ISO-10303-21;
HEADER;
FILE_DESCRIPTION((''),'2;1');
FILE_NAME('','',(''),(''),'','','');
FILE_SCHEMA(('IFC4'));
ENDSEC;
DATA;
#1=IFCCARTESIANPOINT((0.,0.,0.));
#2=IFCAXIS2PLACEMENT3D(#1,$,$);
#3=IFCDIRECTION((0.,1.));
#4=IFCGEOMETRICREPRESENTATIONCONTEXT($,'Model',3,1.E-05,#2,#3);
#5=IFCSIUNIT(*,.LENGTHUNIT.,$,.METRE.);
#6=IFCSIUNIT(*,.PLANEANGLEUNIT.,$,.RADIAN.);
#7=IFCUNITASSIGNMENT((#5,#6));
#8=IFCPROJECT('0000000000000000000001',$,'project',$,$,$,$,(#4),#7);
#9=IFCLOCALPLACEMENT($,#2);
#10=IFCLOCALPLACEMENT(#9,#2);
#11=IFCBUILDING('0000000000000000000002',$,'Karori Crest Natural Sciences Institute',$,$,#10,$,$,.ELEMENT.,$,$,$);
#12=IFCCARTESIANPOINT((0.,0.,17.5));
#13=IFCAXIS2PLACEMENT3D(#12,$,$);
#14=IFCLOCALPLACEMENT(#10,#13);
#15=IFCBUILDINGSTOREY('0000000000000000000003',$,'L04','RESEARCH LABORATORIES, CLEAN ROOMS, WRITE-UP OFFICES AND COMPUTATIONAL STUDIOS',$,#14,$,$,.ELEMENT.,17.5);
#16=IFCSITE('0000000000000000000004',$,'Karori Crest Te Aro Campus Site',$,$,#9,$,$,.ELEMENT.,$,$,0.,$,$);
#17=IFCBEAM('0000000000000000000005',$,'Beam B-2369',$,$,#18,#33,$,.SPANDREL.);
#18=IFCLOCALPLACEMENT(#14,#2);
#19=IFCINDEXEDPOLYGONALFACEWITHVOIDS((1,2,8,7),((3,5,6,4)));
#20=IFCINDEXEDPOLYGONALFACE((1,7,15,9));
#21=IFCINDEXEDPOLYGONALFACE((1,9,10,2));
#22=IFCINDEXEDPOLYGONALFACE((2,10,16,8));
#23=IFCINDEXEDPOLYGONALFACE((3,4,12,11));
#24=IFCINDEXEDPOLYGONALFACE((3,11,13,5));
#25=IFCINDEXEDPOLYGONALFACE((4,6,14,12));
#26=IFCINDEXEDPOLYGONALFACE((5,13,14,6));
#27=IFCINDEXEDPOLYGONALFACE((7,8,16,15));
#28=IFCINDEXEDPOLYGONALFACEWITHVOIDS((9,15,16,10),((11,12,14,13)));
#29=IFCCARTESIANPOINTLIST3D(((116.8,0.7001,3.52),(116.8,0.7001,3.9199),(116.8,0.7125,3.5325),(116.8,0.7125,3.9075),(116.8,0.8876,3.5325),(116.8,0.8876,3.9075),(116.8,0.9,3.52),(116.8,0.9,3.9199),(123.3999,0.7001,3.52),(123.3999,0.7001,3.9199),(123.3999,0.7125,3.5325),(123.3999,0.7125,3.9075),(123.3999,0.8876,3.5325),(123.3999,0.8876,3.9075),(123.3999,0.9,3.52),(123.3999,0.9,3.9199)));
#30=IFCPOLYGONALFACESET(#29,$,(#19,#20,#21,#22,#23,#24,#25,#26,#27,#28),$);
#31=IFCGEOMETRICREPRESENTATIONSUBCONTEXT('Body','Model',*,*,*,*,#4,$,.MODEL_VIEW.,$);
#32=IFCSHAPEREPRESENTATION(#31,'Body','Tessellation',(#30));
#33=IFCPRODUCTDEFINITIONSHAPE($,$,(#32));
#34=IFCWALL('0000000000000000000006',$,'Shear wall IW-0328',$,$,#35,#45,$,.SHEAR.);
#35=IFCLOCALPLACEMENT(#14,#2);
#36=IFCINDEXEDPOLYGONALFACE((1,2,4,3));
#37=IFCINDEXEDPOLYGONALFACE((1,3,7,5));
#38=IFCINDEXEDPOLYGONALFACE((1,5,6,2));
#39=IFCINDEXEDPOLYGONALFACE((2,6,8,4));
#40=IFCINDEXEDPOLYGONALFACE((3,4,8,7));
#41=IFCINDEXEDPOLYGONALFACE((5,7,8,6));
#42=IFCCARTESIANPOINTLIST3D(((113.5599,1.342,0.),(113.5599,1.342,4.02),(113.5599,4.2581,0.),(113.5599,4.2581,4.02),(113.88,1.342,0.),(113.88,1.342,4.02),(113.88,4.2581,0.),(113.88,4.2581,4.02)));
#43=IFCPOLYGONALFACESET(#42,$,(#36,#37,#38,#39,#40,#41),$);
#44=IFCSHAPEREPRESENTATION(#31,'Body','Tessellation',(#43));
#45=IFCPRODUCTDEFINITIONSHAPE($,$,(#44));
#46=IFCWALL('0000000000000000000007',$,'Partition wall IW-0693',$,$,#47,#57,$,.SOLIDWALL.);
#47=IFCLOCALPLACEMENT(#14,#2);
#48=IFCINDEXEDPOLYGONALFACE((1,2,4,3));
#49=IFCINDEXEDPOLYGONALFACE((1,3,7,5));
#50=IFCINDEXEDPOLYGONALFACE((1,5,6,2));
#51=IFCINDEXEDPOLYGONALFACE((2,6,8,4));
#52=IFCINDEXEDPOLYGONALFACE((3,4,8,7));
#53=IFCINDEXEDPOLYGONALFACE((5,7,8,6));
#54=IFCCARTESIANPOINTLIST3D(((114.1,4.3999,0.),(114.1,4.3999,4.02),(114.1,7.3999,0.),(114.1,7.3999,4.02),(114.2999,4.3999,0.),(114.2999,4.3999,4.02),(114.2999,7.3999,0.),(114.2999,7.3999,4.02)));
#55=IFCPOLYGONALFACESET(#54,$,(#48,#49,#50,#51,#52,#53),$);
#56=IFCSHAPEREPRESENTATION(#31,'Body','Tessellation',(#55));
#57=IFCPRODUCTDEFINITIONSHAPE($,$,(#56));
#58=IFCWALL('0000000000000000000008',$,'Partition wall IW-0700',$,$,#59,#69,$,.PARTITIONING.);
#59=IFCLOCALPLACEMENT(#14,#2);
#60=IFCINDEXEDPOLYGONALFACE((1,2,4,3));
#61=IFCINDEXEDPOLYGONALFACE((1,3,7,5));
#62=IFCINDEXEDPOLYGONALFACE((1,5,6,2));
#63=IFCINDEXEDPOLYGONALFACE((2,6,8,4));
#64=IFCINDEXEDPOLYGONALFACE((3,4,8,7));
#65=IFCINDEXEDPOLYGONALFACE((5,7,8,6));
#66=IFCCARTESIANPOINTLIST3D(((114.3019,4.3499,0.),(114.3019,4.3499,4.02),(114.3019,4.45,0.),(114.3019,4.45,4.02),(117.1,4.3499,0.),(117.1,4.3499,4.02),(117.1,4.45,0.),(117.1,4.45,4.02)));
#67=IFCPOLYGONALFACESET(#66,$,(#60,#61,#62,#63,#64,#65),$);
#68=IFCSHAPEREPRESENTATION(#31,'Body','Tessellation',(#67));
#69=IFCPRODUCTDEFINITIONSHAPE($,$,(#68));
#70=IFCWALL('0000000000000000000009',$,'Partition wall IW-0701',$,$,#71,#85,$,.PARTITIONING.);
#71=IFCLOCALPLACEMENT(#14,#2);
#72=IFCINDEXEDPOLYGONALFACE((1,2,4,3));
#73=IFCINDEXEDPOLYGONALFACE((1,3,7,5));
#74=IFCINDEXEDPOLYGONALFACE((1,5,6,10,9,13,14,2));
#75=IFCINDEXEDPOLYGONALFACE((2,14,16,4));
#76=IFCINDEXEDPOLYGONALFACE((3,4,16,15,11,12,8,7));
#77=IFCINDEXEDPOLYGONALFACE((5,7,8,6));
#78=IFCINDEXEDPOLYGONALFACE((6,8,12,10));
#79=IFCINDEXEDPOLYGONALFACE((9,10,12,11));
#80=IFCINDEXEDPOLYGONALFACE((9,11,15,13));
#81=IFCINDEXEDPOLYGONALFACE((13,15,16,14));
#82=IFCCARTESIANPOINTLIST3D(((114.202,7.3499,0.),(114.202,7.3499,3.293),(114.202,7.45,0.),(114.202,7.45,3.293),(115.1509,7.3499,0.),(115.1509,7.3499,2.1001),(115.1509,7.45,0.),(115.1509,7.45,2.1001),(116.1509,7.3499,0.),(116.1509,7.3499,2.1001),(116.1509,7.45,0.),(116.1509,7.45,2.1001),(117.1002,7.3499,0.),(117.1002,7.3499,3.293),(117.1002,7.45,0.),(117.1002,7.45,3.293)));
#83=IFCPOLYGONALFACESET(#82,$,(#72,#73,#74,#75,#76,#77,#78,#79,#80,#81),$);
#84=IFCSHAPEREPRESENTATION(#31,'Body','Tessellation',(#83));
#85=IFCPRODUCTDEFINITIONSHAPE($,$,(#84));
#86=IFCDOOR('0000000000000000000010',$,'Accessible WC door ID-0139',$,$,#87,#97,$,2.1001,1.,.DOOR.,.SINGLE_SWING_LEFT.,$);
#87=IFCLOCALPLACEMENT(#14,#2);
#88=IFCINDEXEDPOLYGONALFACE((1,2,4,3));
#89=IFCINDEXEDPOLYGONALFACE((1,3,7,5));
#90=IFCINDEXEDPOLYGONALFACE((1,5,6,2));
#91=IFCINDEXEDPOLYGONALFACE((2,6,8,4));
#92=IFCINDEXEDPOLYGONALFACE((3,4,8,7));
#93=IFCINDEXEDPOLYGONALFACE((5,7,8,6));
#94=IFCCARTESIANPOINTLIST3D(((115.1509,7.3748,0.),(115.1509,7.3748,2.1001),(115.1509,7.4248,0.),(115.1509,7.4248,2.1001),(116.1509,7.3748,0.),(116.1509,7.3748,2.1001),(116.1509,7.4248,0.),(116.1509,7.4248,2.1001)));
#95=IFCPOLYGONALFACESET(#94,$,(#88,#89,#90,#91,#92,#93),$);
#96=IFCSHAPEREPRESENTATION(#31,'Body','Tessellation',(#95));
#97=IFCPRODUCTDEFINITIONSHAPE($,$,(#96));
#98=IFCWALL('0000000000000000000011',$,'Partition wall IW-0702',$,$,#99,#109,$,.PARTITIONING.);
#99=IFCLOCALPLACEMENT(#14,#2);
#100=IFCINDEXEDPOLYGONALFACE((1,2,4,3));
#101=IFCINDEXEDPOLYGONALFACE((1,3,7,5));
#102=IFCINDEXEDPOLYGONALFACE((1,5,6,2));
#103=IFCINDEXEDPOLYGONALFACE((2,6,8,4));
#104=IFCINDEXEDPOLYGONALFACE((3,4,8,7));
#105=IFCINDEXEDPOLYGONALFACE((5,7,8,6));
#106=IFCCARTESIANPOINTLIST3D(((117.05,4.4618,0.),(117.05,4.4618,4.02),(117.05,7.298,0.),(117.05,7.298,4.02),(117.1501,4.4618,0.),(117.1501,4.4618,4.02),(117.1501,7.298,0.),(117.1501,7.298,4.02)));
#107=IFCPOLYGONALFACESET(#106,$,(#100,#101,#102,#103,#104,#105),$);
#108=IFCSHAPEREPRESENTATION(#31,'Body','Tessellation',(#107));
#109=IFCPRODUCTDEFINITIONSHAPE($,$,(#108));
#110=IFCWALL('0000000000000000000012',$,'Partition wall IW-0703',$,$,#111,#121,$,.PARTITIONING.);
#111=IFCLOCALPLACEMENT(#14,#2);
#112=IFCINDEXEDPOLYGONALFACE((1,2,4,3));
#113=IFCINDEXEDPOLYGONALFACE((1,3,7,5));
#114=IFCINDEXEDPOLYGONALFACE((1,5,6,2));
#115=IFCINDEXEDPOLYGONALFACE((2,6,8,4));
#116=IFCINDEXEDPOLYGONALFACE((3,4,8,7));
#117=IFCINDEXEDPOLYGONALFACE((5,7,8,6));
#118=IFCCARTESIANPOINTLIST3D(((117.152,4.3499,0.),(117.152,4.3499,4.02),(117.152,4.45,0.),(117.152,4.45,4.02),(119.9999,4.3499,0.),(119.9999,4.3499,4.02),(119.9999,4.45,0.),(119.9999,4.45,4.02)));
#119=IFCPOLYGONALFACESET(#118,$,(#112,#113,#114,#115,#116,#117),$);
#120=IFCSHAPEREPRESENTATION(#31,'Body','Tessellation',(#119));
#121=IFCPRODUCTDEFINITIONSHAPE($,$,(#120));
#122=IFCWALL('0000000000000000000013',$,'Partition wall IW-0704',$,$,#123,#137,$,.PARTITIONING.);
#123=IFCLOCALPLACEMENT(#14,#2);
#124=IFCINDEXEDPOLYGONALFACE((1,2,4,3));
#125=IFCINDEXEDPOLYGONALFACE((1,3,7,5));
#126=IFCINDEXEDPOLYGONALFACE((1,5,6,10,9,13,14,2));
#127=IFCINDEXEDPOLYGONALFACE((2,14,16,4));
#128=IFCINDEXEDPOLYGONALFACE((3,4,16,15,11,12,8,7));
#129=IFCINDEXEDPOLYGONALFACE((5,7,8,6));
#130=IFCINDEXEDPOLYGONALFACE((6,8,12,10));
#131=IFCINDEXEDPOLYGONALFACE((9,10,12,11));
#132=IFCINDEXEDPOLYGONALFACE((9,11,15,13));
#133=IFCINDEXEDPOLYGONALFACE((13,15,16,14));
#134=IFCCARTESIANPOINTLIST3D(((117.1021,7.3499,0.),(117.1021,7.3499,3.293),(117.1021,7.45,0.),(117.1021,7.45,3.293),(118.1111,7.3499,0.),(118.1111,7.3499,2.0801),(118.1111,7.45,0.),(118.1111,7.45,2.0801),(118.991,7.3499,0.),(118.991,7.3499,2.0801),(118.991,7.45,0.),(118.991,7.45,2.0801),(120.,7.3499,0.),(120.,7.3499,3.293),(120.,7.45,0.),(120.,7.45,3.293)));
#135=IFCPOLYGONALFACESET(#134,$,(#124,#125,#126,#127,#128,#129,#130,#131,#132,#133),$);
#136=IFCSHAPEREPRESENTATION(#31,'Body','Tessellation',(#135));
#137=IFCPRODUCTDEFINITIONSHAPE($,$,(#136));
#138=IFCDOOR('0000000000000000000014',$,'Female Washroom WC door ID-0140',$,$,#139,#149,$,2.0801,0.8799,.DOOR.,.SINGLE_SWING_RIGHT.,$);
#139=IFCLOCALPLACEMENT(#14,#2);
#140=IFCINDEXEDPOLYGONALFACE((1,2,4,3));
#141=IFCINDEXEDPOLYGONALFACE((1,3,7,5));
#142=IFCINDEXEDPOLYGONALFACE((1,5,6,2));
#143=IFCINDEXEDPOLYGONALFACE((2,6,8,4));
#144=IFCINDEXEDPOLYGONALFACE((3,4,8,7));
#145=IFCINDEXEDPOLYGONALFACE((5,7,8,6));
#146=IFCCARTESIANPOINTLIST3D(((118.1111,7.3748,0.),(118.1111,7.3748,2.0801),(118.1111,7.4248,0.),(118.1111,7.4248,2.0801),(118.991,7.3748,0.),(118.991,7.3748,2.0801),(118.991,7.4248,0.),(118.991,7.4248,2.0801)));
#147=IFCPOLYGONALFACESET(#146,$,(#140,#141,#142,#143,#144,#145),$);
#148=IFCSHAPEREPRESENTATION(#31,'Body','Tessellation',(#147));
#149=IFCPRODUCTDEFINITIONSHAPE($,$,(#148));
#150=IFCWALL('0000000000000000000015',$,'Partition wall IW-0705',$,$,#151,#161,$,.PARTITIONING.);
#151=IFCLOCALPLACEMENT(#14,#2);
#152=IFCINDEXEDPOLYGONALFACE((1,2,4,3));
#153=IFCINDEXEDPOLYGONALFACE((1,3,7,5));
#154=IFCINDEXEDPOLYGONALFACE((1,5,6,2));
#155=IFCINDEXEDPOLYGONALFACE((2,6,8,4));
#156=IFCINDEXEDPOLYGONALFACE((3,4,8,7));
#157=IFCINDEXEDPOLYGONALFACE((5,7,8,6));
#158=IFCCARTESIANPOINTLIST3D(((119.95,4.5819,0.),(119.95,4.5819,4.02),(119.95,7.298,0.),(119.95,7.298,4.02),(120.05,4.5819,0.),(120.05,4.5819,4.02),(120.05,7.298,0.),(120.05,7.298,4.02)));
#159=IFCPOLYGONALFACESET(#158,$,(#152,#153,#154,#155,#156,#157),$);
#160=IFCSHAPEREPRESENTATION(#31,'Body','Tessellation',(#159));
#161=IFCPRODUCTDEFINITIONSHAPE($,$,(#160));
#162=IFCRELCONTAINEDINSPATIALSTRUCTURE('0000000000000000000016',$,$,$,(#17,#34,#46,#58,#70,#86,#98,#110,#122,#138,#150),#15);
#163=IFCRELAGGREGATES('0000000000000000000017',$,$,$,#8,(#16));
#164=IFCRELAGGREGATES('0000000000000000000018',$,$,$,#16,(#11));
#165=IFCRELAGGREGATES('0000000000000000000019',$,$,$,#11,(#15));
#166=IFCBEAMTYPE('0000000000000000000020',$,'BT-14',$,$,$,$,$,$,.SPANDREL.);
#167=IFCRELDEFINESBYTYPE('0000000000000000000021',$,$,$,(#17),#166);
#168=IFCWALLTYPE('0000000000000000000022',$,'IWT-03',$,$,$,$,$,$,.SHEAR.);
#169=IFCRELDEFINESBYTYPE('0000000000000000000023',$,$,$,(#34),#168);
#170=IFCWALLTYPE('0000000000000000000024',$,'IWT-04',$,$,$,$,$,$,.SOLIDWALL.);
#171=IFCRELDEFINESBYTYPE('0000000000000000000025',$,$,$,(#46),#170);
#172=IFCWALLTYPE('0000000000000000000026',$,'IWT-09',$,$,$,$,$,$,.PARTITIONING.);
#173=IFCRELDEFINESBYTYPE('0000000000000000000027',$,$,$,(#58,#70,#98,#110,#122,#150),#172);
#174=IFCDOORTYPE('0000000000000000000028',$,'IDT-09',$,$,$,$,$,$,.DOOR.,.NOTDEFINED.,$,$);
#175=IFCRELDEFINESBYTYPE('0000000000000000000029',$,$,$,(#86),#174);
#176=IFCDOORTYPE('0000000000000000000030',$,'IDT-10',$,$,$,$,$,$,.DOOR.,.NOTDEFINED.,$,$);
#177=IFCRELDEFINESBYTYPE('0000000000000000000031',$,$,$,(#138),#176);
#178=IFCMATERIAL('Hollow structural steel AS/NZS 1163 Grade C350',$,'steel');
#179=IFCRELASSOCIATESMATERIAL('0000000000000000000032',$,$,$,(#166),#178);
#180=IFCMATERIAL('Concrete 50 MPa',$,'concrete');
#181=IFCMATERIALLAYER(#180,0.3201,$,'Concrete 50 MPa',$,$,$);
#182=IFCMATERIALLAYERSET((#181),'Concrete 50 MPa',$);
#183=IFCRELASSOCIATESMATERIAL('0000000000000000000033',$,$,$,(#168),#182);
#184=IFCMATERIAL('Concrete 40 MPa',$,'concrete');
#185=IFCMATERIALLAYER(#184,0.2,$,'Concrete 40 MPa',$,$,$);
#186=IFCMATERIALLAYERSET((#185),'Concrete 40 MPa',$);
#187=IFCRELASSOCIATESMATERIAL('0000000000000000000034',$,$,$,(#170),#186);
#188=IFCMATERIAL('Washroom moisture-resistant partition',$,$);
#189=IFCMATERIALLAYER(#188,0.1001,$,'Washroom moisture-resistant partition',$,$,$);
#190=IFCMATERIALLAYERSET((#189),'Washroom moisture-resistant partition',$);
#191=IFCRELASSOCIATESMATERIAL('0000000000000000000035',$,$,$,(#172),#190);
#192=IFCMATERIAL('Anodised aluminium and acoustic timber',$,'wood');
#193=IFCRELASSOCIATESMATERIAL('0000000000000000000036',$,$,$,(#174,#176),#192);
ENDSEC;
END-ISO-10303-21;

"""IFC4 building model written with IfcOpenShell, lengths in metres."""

from ifc_helpers import new_model, si_unit, direction, frame, frame_2d, origin, origin_2d, place, context, subcontext, project, spatial, rectangle, hollow_rectangle, extrude, material, layer, layer_set, material_profile, profile_set, type_object, element, fill, save


model = new_model("IFC4")

# Units and contexts
model_context = context("Model", 3, precision=1e-05, world=origin(), true_north=direction((0.0, 1.0)))
body_context = subcontext(model_context, "Body", "Model", "MODEL_VIEW")
ifc_project = project(units=[si_unit("LENGTHUNIT", "METRE"), si_unit("PLANEANGLEUNIT", "RADIAN")], contexts=[model_context])

# Site, building, storey
site_placement = place(None, origin())
site = spatial("IfcSite", under=ifc_project, at=site_placement, Name="Karori Crest Te Aro Campus Site", CompositionType="ELEMENT", RefElevation=0.0)
building_placement = place(site_placement, origin())
building = spatial("IfcBuilding", under=site, at=building_placement, Name="Karori Crest Natural Sciences Institute", CompositionType="ELEMENT")
storey_placement = place(building_placement, frame((0.0, 0.0, 17.5)))
storey = spatial("IfcBuildingStorey", under=building, at=storey_placement, Name="L04", Description="RESEARCH LABORATORIES, CLEAN ROOMS, WRITE-UP OFFICES AND COMPUTATIONAL STUDIOS", CompositionType="ELEMENT", Elevation=17.5)

# Beam
ifc_material_1 = material(Name="Hollow structural steel AS/NZS 1163 Grade C350", Category="steel")
ifc_material_profile_1 = material_profile(ifc_material_1, hollow_rectangle(XDim=0.2, YDim=0.3999, WallThickness=0.0125, at=origin_2d()), Name="RHS400x200x12.5")
ifc_profile_set_1 = profile_set([ifc_material_profile_1], Name="Hollow structural steel AS/NZS 1163 Grade C350")
beam_type_1 = type_object("IfcBeamType", Name="BT-14", PredefinedType="SPANDREL", material=ifc_profile_set_1)
beam_1_placement = place(storey_placement, frame((116.8, 0.8, 3.72), z_axis=(1.0, 0.0, 0.0), x_axis=(0.0, 1.0, 0.0)))
element("IfcBeam", 1, at=beam_1_placement, inside=storey, type_object=beam_type_1, Name="Beam B-2369", PredefinedType="SPANDREL", context=body_context, shape_type="SweptSolid", body=[
    extrude(hollow_rectangle(XDim=0.2, YDim=0.3999, WallThickness=0.0125, at=origin_2d()), origin(), (0.0, 0.0, 1.0), 6.5999),
])

# Walls
ifc_material_2 = material(Name="Concrete 50 MPa", Category="concrete")
ifc_layer_1 = layer(ifc_material_2, 0.3201, Name="Concrete 50 MPa")
ifc_layer_set_1 = layer_set([ifc_layer_1], Name="Concrete 50 MPa")
wall_type_1 = type_object("IfcWallType", Name="IWT-03", PredefinedType="SHEAR", material=ifc_layer_set_1)
wall_1_placement = place(storey_placement, frame((113.72, 1.342, 0.0), z_axis=(0.0, 0.0, 1.0), x_axis=(0.0, 1.0, 0.0)))
element("IfcWall", 2, at=wall_1_placement, inside=storey, type_object=wall_type_1, Name="Shear wall IW-0328", PredefinedType="SHEAR", context=body_context, shape_type="SweptSolid", body=[
    extrude(rectangle(XDim=2.916, YDim=0.3201, at=frame_2d((1.458, 0.0))), origin(), (0.0, 0.0, 1.0), 4.02),
])
ifc_material_3 = material(Name="Concrete 40 MPa", Category="concrete")
ifc_layer_2 = layer(ifc_material_3, 0.2, Name="Concrete 40 MPa")
ifc_layer_set_2 = layer_set([ifc_layer_2], Name="Concrete 40 MPa")
wall_type_2 = type_object("IfcWallType", Name="IWT-04", PredefinedType="SOLIDWALL", material=ifc_layer_set_2)
wall_2_placement = place(storey_placement, frame((114.2, 4.3999, 0.0), z_axis=(0.0, 0.0, 1.0), x_axis=(0.0, 1.0, 0.0)))
element("IfcWall", 3, at=wall_2_placement, inside=storey, type_object=wall_type_2, Name="Partition wall IW-0693", PredefinedType="SOLIDWALL", context=body_context, shape_type="SweptSolid", body=[
    extrude(rectangle(XDim=3.0, YDim=0.2, at=frame_2d((1.5, 0.0))), origin(), (0.0, 0.0, 1.0), 4.02),
])
ifc_material_4 = material(Name="Washroom moisture-resistant partition")
ifc_layer_3 = layer(ifc_material_4, 0.1001, Name="Washroom moisture-resistant partition")
ifc_layer_set_3 = layer_set([ifc_layer_3], Name="Washroom moisture-resistant partition")
wall_type_3 = type_object("IfcWallType", Name="IWT-09", PredefinedType="PARTITIONING", material=ifc_layer_set_3)
wall_3_placement = place(storey_placement, frame((114.302, 4.3999, 0.0), z_axis=(0.0, 0.0, 1.0), x_axis=(1.0, 0.0, 0.0)))
element("IfcWall", 4, at=wall_3_placement, inside=storey, type_object=wall_type_3, Name="Partition wall IW-0700", PredefinedType="PARTITIONING", context=body_context, shape_type="SweptSolid", body=[
    extrude(rectangle(XDim=2.7981, YDim=0.1001, at=frame_2d((1.3989, 0.0))), origin(), (0.0, 0.0, 1.0), 4.02),
])

# Wall, opening, door
wall_4_placement = place(storey_placement, frame((114.2019, 7.3999, 0.0), z_axis=(0.0, 0.0, 1.0), x_axis=(1.0, 0.0, 0.0)))
wall_4 = element("IfcWall", 5, at=wall_4_placement, inside=storey, type_object=wall_type_3, Name="Partition wall IW-0701", PredefinedType="PARTITIONING", context=body_context, shape_type="SweptSolid", body=[
    extrude(rectangle(XDim=2.8982, YDim=0.1001, at=frame_2d((1.4492, 0.0))), origin(), (0.0, 0.0, 1.0), 3.293),
])
opening_1_placement = place(wall_4_placement, frame((0.949, 0.0, 0.0)))
opening_1 = element("IfcOpeningElement", 6, at=opening_1_placement, cuts=wall_4, PredefinedType="OPENING", context=body_context, shape_type="SweptSolid", body=[
    extrude(rectangle(XDim=1.0, YDim=2.1001, at=frame_2d((0.5, 1.05))), frame((0.0, 0.0601, 0.0), z_axis=(0.0, -1.0, 0.0), x_axis=(1.0, 0.0, 0.0)), (0.0, 0.0, 1.0), 0.1201),
])
ifc_material_5 = material(Name="Anodised aluminium and acoustic timber", Category="wood")
door_type_1 = type_object("IfcDoorType", Name="IDT-09", OperationType="NOTDEFINED", PredefinedType="DOOR", material=ifc_material_5)
door_1_placement = place(opening_1_placement, origin())
door_1 = element("IfcDoor", 7, at=door_1_placement, inside=storey, type_object=door_type_1, Name="Accessible WC door ID-0139", OperationType="SINGLE_SWING_LEFT", OverallHeight=2.1001, OverallWidth=1.0, PredefinedType="DOOR", context=body_context, shape_type="SweptSolid", body=[
    extrude(rectangle(XDim=1.0, YDim=2.1001, at=frame_2d((0.5, 1.05))), frame((0.0, 0.0249, 0.0), z_axis=(0.0, -1.0, 0.0), x_axis=(1.0, 0.0, 0.0)), (0.0, 0.0, 1.0), 0.05),
])
fill(opening_1, door_1)

# Walls
wall_5_placement = place(storey_placement, frame((117.1001, 4.4619, 0.0), z_axis=(0.0, 0.0, 1.0), x_axis=(0.0, 1.0, 0.0)))
element("IfcWall", 8, at=wall_5_placement, inside=storey, type_object=wall_type_3, Name="Partition wall IW-0702", PredefinedType="PARTITIONING", context=body_context, shape_type="SweptSolid", body=[
    extrude(rectangle(XDim=2.8362, YDim=0.1001, at=frame_2d((1.418, 0.0))), origin(), (0.0, 0.0, 1.0), 4.02),
])
wall_6_placement = place(storey_placement, frame((117.1521, 4.3999, 0.0), z_axis=(0.0, 0.0, 1.0), x_axis=(1.0, 0.0, 0.0)))
element("IfcWall", 9, at=wall_6_placement, inside=storey, type_object=wall_type_3, Name="Partition wall IW-0703", PredefinedType="PARTITIONING", context=body_context, shape_type="SweptSolid", body=[
    extrude(rectangle(XDim=2.8479, YDim=0.1001, at=frame_2d((1.4238, 0.0))), origin(), (0.0, 0.0, 1.0), 4.02),
])

# Wall, opening, door
wall_7_placement = place(storey_placement, frame((117.1021, 7.3999, 0.0), z_axis=(0.0, 0.0, 1.0), x_axis=(1.0, 0.0, 0.0)))
wall_7 = element("IfcWall", 10, at=wall_7_placement, inside=storey, type_object=wall_type_3, Name="Partition wall IW-0704", PredefinedType="PARTITIONING", context=body_context, shape_type="SweptSolid", body=[
    extrude(rectangle(XDim=2.8979, YDim=0.1001, at=frame_2d((1.449, 0.0))), origin(), (0.0, 0.0, 1.0), 3.293),
])
opening_2_placement = place(wall_7_placement, frame((1.009, 0.0, 0.0)))
opening_2 = element("IfcOpeningElement", 11, at=opening_2_placement, cuts=wall_7, PredefinedType="OPENING", context=body_context, shape_type="SweptSolid", body=[
    extrude(rectangle(XDim=0.8799, YDim=2.0801, at=frame_2d((0.4399, 1.04))), frame((0.0, 0.0601, 0.0), z_axis=(0.0, -1.0, 0.0), x_axis=(1.0, 0.0, 0.0)), (0.0, 0.0, 1.0), 0.1201),
])
door_type_2 = type_object("IfcDoorType", Name="IDT-10", OperationType="NOTDEFINED", PredefinedType="DOOR", material=ifc_material_5)
door_2_placement = place(opening_2_placement, origin())
door_2 = element("IfcDoor", 12, at=door_2_placement, inside=storey, type_object=door_type_2, Name="Female Washroom WC door ID-0140", OperationType="SINGLE_SWING_RIGHT", OverallHeight=2.0801, OverallWidth=0.8799, PredefinedType="DOOR", context=body_context, shape_type="SweptSolid", body=[
    extrude(rectangle(XDim=0.8799, YDim=2.0801, at=frame_2d((0.4399, 1.04))), frame((0.0, 0.0249, 0.0), z_axis=(0.0, -1.0, 0.0), x_axis=(1.0, 0.0, 0.0)), (0.0, 0.0, 1.0), 0.05),
])
fill(opening_2, door_2)

# Wall
wall_8_placement = place(storey_placement, frame((120.0, 4.582, 0.0), z_axis=(0.0, 0.0, 1.0), x_axis=(0.0, 1.0, 0.0)))
element("IfcWall", 13, at=wall_8_placement, inside=storey, type_object=wall_type_3, Name="Partition wall IW-0705", PredefinedType="PARTITIONING", context=body_context, shape_type="SweptSolid", body=[
    extrude(rectangle(XDim=2.7161, YDim=0.1001, at=frame_2d((1.3579, 0.0))), origin(), (0.0, 0.0, 1.0), 4.02),
])

save(model, "model.ifc")
